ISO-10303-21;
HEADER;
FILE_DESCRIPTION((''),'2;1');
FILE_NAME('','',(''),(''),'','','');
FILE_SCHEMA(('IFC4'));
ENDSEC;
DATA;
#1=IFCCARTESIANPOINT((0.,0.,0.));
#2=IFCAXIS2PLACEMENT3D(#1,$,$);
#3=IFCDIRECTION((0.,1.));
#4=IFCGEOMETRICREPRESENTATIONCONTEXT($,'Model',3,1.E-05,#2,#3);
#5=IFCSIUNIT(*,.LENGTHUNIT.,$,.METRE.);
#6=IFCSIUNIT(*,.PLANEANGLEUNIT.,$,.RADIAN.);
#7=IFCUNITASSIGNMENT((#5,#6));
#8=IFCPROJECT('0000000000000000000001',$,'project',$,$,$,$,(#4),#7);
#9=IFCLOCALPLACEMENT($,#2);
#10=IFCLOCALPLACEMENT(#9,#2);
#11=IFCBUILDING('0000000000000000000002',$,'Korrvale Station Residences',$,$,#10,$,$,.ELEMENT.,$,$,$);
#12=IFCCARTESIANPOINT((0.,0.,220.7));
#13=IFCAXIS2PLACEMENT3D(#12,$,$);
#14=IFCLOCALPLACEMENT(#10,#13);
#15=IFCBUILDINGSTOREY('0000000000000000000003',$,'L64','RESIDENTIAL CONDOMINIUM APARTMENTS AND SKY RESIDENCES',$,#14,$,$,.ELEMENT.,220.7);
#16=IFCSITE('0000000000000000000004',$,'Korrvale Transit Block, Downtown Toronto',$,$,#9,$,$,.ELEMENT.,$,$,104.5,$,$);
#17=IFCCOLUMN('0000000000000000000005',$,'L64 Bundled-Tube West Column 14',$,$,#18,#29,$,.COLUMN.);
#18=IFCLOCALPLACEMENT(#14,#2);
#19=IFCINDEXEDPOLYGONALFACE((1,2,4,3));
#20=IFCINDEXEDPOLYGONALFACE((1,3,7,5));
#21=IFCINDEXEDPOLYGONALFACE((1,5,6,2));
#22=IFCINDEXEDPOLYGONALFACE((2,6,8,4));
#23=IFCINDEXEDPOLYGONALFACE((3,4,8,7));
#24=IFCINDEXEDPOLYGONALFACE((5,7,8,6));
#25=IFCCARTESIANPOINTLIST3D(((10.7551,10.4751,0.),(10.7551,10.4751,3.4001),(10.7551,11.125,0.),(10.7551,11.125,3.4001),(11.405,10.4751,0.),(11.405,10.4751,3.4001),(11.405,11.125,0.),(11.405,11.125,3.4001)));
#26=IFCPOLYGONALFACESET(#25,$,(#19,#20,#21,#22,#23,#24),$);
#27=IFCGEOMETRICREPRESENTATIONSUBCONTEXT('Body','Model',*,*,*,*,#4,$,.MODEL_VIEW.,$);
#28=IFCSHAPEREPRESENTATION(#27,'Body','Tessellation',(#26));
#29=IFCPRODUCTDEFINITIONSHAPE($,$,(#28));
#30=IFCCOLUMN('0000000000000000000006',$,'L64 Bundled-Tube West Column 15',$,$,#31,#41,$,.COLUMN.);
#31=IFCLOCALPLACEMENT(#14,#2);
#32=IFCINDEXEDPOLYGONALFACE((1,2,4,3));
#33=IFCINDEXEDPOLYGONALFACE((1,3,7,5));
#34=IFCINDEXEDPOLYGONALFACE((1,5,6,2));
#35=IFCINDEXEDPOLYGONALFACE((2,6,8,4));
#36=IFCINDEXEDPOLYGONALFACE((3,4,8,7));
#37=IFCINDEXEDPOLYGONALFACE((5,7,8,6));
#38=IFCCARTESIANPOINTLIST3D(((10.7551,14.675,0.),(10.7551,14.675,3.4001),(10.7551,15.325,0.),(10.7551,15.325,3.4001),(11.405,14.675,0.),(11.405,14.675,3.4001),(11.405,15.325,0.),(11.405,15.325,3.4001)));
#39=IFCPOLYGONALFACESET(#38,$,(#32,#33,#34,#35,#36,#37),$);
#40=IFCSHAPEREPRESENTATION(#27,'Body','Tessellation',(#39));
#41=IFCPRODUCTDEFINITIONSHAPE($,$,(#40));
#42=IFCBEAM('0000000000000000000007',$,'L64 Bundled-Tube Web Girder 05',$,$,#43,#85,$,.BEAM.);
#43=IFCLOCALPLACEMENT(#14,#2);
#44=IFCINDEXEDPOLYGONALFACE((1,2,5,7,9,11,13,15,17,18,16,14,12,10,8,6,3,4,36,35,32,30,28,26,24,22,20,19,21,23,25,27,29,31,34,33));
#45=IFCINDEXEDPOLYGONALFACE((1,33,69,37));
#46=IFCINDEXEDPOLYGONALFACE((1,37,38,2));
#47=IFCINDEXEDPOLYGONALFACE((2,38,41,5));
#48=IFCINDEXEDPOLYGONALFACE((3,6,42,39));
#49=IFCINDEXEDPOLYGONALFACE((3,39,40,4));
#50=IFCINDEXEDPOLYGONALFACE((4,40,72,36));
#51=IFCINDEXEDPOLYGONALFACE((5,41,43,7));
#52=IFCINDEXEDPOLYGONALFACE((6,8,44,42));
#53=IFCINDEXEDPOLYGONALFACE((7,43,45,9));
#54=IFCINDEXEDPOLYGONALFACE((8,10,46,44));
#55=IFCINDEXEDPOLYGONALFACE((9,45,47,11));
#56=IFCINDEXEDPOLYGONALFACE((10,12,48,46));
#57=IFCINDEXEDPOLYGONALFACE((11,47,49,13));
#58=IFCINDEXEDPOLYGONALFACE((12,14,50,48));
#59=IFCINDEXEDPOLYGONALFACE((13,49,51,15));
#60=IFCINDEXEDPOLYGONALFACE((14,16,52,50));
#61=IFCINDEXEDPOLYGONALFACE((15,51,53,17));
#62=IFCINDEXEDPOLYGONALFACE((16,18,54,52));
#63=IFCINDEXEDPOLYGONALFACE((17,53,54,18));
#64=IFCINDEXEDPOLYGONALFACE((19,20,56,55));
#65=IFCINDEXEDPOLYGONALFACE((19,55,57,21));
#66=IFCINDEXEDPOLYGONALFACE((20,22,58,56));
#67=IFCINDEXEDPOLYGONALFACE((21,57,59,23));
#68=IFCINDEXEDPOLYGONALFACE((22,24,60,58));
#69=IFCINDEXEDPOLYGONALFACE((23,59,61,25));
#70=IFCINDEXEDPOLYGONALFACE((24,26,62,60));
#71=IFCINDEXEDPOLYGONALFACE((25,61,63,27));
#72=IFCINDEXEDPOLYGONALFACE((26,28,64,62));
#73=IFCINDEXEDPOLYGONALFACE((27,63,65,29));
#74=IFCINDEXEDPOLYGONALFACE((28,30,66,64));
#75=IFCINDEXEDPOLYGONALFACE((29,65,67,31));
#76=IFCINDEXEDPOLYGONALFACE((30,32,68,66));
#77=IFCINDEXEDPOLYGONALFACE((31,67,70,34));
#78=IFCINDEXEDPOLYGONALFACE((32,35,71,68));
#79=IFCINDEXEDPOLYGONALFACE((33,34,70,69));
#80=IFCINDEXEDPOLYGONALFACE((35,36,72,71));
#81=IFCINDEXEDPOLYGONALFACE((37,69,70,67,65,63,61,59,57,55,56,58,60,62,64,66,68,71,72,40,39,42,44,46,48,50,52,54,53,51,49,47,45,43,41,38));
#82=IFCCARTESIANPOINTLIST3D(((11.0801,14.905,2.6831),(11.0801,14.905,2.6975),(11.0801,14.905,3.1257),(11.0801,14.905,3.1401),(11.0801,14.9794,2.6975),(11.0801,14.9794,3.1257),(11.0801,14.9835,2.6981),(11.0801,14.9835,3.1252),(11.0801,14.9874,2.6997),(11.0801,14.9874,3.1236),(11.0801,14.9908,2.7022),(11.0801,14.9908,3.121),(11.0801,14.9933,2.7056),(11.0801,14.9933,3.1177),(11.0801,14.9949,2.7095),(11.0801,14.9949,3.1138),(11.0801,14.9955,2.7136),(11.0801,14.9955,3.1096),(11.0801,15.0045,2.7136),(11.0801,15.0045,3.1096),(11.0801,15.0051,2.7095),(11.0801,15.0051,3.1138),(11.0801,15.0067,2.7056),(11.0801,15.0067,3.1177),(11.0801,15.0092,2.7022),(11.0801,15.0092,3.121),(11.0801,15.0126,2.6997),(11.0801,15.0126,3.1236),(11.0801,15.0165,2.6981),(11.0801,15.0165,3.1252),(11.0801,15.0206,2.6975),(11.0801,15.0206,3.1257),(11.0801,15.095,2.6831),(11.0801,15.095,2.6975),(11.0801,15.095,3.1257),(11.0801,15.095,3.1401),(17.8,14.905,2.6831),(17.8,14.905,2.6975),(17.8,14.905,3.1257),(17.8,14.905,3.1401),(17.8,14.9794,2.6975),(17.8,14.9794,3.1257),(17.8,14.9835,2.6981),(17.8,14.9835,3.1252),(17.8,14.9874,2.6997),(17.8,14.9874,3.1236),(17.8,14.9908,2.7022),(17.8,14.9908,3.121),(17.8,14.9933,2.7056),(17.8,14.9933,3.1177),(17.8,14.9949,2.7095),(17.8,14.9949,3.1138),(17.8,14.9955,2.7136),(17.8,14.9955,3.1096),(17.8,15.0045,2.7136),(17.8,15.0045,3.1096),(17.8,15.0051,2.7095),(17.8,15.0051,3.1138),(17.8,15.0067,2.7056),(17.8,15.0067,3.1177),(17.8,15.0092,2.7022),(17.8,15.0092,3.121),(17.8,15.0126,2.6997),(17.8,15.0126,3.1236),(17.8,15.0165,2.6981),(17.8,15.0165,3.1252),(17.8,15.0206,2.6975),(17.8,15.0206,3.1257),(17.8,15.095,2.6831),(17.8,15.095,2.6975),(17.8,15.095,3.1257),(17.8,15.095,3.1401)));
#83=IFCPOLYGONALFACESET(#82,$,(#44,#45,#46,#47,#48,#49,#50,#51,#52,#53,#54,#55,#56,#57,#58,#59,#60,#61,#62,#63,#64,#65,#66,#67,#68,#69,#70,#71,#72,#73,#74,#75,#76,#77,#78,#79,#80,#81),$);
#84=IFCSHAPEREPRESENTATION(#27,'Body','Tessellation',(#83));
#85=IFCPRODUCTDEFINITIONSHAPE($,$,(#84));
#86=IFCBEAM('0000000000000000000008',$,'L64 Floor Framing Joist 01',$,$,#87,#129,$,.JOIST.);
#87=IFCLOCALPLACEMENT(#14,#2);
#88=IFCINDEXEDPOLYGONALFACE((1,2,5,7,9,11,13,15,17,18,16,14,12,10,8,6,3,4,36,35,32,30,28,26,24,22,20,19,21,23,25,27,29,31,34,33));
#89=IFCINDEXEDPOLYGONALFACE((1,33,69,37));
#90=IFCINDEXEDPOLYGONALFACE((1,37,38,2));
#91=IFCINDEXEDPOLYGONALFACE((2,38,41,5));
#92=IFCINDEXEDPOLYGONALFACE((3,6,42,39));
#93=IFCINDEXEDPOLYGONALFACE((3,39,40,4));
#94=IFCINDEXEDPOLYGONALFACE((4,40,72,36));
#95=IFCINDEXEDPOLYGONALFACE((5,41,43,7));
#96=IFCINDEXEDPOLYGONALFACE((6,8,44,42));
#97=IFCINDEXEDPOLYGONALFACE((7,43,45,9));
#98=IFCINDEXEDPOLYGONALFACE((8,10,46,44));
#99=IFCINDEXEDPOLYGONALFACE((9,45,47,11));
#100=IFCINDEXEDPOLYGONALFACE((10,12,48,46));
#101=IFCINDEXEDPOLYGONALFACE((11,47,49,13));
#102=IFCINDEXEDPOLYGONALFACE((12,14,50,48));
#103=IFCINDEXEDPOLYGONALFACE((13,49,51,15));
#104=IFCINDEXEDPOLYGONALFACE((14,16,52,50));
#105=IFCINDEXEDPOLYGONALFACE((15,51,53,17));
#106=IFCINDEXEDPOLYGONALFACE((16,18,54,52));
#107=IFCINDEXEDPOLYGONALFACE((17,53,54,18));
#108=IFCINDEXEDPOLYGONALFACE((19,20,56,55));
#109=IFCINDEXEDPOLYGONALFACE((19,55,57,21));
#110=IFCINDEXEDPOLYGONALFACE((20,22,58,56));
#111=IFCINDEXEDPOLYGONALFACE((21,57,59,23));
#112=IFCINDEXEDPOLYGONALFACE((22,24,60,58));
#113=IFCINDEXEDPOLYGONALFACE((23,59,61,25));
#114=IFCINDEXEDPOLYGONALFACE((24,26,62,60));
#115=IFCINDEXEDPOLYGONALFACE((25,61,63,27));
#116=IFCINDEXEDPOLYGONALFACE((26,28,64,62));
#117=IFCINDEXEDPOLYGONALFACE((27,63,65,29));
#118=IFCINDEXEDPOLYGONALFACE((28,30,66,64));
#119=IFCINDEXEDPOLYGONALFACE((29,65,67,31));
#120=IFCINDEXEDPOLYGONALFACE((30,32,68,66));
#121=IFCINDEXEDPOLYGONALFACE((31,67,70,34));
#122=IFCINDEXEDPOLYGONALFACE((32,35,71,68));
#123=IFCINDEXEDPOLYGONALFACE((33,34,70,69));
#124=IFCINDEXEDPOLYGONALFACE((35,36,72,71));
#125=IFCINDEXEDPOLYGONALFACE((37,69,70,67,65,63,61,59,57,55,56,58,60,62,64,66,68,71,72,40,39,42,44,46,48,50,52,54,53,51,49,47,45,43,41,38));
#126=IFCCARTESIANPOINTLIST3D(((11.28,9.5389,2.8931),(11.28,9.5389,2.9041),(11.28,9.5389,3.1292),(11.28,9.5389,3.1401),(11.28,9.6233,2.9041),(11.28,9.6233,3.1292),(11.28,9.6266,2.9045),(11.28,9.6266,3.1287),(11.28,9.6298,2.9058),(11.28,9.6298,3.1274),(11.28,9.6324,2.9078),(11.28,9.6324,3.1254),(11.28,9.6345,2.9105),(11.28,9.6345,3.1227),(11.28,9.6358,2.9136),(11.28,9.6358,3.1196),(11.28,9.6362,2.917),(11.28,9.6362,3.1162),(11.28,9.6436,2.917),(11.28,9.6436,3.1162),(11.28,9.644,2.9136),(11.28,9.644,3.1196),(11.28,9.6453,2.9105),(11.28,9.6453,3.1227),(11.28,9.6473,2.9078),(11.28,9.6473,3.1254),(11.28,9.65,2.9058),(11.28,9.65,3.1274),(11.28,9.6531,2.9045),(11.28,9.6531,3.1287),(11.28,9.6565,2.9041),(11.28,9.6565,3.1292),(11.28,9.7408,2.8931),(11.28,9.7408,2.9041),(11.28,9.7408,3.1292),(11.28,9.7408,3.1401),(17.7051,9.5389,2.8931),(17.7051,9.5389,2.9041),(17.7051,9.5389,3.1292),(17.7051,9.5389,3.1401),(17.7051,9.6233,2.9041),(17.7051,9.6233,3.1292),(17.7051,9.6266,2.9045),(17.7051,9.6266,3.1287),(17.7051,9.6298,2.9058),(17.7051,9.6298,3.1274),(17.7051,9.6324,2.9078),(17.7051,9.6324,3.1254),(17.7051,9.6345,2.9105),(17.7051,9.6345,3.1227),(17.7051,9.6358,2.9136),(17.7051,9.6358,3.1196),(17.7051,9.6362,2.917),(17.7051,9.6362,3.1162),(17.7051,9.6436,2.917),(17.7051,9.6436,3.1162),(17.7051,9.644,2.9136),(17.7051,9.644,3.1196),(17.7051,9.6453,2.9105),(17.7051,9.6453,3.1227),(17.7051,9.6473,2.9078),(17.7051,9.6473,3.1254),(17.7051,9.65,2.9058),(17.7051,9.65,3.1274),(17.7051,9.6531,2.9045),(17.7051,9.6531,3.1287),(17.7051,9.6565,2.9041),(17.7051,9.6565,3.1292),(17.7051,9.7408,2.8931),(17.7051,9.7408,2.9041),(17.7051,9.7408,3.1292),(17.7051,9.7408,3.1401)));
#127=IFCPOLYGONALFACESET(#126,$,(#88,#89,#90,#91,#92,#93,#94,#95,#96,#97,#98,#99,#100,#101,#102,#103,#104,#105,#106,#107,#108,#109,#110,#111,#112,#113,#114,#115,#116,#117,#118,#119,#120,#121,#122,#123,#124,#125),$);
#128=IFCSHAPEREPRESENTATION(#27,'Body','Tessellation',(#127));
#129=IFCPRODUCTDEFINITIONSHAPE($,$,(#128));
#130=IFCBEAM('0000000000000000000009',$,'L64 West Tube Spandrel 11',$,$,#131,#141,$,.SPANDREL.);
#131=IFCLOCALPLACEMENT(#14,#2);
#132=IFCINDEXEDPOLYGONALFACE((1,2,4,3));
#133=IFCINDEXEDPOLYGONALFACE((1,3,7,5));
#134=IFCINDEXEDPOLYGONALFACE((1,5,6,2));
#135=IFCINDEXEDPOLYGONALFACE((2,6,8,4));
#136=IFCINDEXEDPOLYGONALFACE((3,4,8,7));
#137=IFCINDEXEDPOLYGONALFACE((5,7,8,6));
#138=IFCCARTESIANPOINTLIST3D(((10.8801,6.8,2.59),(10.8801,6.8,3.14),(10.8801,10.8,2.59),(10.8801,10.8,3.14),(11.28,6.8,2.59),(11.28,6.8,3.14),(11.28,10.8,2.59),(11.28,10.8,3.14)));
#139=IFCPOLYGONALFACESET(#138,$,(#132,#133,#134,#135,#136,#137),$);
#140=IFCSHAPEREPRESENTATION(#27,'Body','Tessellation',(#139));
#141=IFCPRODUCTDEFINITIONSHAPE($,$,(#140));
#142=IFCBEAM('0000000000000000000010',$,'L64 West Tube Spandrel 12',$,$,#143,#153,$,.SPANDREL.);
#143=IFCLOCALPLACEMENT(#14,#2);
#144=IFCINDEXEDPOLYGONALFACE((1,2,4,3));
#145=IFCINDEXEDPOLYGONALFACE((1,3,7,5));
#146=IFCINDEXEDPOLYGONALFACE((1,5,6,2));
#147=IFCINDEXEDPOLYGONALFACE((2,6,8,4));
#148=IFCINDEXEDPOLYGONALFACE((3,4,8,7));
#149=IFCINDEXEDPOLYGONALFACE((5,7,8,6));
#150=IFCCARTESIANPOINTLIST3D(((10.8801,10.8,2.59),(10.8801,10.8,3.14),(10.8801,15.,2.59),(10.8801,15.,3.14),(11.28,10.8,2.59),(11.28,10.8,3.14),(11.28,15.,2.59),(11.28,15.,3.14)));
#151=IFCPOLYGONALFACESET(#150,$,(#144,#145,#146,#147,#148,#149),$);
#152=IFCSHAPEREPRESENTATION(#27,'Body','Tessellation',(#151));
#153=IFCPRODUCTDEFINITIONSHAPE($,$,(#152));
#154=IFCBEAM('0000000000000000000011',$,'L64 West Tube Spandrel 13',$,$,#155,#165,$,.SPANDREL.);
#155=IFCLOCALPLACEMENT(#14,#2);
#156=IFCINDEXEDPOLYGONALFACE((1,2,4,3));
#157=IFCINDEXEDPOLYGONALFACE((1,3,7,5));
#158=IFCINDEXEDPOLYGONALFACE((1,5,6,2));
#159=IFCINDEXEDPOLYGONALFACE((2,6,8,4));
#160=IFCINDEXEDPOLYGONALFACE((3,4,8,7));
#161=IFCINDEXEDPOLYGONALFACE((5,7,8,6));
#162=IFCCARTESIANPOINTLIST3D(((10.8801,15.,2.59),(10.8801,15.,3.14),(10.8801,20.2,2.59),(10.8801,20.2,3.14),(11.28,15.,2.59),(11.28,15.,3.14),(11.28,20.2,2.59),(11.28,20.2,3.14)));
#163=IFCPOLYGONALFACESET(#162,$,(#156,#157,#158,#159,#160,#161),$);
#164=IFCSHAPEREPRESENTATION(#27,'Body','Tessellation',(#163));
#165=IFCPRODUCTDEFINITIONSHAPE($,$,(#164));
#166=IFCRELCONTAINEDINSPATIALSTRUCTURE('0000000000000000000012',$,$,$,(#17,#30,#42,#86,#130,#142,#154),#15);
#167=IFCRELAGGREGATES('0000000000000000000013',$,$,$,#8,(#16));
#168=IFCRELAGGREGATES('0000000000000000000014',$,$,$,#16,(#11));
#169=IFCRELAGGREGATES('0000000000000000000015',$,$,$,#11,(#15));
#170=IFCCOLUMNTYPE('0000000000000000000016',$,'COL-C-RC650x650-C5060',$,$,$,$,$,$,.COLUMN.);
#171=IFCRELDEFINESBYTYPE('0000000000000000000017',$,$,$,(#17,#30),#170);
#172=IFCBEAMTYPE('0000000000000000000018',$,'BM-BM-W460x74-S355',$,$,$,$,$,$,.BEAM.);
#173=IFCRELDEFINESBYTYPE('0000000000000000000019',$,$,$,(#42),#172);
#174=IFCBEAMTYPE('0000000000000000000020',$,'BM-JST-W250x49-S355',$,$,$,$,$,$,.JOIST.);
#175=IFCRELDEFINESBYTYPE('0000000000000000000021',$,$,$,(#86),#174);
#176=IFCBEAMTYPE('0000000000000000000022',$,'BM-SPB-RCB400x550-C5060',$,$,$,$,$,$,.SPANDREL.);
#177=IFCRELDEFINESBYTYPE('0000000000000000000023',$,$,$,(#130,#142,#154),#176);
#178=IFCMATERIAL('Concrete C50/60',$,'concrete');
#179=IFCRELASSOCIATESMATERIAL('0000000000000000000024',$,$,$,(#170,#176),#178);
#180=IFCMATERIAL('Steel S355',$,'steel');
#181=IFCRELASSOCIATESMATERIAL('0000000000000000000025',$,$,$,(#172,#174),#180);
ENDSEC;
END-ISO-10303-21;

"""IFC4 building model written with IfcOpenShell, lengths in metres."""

from ifc_helpers import new_model, si_unit, direction, frame, origin, origin_2d, place, context, subcontext, project, spatial, rectangle, i_section, extrude, material, material_profile, profile_set, type_object, element, save


model = new_model("IFC4")

# Units and contexts
model_context = context("Model", 3, precision=1e-05, world=origin(), true_north=direction((0.0, 1.0)))
body_context = subcontext(model_context, "Body", "Model", "MODEL_VIEW")
ifc_project = project(units=[si_unit("LENGTHUNIT", "METRE"), si_unit("PLANEANGLEUNIT", "RADIAN")], contexts=[model_context])

# Site, building, storey
site_placement = place(None, origin())
site = spatial("IfcSite", under=ifc_project, at=site_placement, Name="Korrvale Transit Block, Downtown Toronto", CompositionType="ELEMENT", RefElevation=104.5)
building_placement = place(site_placement, origin())
building = spatial("IfcBuilding", under=site, at=building_placement, Name="Korrvale Station Residences", CompositionType="ELEMENT")
storey_placement = place(building_placement, frame((0.0, 0.0, 220.7)))
storey = spatial("IfcBuildingStorey", under=building, at=storey_placement, Name="L64", Description="RESIDENTIAL CONDOMINIUM APARTMENTS AND SKY RESIDENCES", CompositionType="ELEMENT", Elevation=220.7)

# Columns
ifc_material_1 = material(Name="Concrete C50/60", Category="concrete")
ifc_material_profile_1 = material_profile(ifc_material_1, rectangle(XDim=0.6499, YDim=0.6499, at=origin_2d()), Name="RC650x650")
ifc_profile_set_1 = profile_set([ifc_material_profile_1], Name="Concrete C50/60")
column_type = type_object("IfcColumnType", Name="COL-C-RC650x650-C5060", PredefinedType="COLUMN", material=ifc_profile_set_1)
for number, where, z_axis, x_axis, name in (
    (1, (11.0801, 10.8, 0.0), (0.0, 0.0, 1.0), (1.0, 0.0, 0.0), "L64 Bundled-Tube West Column 14"),
    (2, (11.0801, 15.0, 0.0), (0.0, 0.0, 1.0), (1.0, 0.0, 0.0), "L64 Bundled-Tube West Column 15"),
):
    element("IfcColumn", number, at=place(storey_placement, frame(where, z_axis=z_axis, x_axis=x_axis)), inside=storey, type_object=column_type, Name=name, PredefinedType="COLUMN", context=body_context, shape_type="SweptSolid", body=[
        extrude(rectangle(XDim=0.6499, YDim=0.6499, at=origin_2d()), origin(), (0.0, 0.0, 1.0), 3.4001),
    ])

# Beams
ifc_material_2 = material(Name="Steel S355", Category="steel")
ifc_material_profile_2 = material_profile(ifc_material_2, i_section(OverallWidth=0.1899, OverallDepth=0.457, WebThickness=0.009, FlangeThickness=0.0144, FilletRadius=0.0161, at=origin_2d()), Name="W460x74")
ifc_profile_set_2 = profile_set([ifc_material_profile_2], Name="Steel S355")
beam_type_1 = type_object("IfcBeamType", Name="BM-BM-W460x74-S355", PredefinedType="BEAM", material=ifc_profile_set_2)
beam_1_placement = place(storey_placement, frame((11.0801, 15.0, 2.9116), z_axis=(1.0, 0.0, 0.0), x_axis=(0.0, 1.0, 0.0)))
element("IfcBeam", 3, at=beam_1_placement, inside=storey, type_object=beam_type_1, Name="L64 Bundled-Tube Web Girder 05", PredefinedType="BEAM", context=body_context, shape_type="SweptSolid", body=[
    extrude(i_section(OverallWidth=0.1899, OverallDepth=0.457, WebThickness=0.009, FlangeThickness=0.0144, FilletRadius=0.0161, at=origin_2d()), origin(), (0.0, 0.0, 1.0), 6.72),
])
ifc_material_profile_3 = material_profile(ifc_material_2, i_section(OverallWidth=0.2019, OverallDepth=0.2471, WebThickness=0.0073, FlangeThickness=0.011, FilletRadius=0.0129, at=origin_2d()), Name="W250x49")
ifc_profile_set_3 = profile_set([ifc_material_profile_3], Name="Steel S355")
beam_type_2 = type_object("IfcBeamType", Name="BM-JST-W250x49-S355", PredefinedType="JOIST", material=ifc_profile_set_3)
beam_2_placement = place(storey_placement, frame((11.28, 9.6399, 3.0166), z_axis=(1.0, 0.0, 0.0), x_axis=(0.0, 1.0, 0.0)))
element("IfcBeam", 4, at=beam_2_placement, inside=storey, type_object=beam_type_2, Name="L64 Floor Framing Joist 01", PredefinedType="JOIST", context=body_context, shape_type="SweptSolid", body=[
    extrude(i_section(OverallWidth=0.2019, OverallDepth=0.2471, WebThickness=0.0073, FlangeThickness=0.011, FilletRadius=0.0129, at=origin_2d()), origin(), (0.0, 0.0, 1.0), 6.425),
])
ifc_material_profile_4 = material_profile(ifc_material_1, rectangle(XDim=0.3999, YDim=0.55, at=origin_2d()), Name="RCB400x550")
ifc_profile_set_4 = profile_set([ifc_material_profile_4], Name="Concrete C50/60")
beam_type_3 = type_object("IfcBeamType", Name="BM-SPB-RCB400x550-C5060", PredefinedType="SPANDREL", material=ifc_profile_set_4)
beam_3_placement = place(storey_placement, frame((11.0801, 6.8, 2.865), z_axis=(0.0, 1.0, 0.0), x_axis=(-1.0, 0.0, 0.0)))
element("IfcBeam", 5, at=beam_3_placement, inside=storey, type_object=beam_type_3, Name="L64 West Tube Spandrel 11", PredefinedType="SPANDREL", context=body_context, shape_type="SweptSolid", body=[
    extrude(rectangle(XDim=0.3999, YDim=0.55, at=origin_2d()), origin(), (0.0, 0.0, 1.0), 4.0),
])
beam_4_placement = place(storey_placement, frame((11.0801, 10.8, 2.865), z_axis=(0.0, 1.0, 0.0), x_axis=(-1.0, 0.0, 0.0)))
element("IfcBeam", 6, at=beam_4_placement, inside=storey, type_object=beam_type_3, Name="L64 West Tube Spandrel 12", PredefinedType="SPANDREL", context=body_context, shape_type="SweptSolid", body=[
    extrude(rectangle(XDim=0.3999, YDim=0.55, at=origin_2d()), origin(), (0.0, 0.0, 1.0), 4.2),
])
beam_5_placement = place(storey_placement, frame((11.0801, 15.0, 2.865), z_axis=(0.0, 1.0, 0.0), x_axis=(-1.0, 0.0, 0.0)))
element("IfcBeam", 7, at=beam_5_placement, inside=storey, type_object=beam_type_3, Name="L64 West Tube Spandrel 13", PredefinedType="SPANDREL", context=body_context, shape_type="SweptSolid", body=[
    extrude(rectangle(XDim=0.3999, YDim=0.55, at=origin_2d()), origin(), (0.0, 0.0, 1.0), 5.2),
])

save(model, "model.ifc")
